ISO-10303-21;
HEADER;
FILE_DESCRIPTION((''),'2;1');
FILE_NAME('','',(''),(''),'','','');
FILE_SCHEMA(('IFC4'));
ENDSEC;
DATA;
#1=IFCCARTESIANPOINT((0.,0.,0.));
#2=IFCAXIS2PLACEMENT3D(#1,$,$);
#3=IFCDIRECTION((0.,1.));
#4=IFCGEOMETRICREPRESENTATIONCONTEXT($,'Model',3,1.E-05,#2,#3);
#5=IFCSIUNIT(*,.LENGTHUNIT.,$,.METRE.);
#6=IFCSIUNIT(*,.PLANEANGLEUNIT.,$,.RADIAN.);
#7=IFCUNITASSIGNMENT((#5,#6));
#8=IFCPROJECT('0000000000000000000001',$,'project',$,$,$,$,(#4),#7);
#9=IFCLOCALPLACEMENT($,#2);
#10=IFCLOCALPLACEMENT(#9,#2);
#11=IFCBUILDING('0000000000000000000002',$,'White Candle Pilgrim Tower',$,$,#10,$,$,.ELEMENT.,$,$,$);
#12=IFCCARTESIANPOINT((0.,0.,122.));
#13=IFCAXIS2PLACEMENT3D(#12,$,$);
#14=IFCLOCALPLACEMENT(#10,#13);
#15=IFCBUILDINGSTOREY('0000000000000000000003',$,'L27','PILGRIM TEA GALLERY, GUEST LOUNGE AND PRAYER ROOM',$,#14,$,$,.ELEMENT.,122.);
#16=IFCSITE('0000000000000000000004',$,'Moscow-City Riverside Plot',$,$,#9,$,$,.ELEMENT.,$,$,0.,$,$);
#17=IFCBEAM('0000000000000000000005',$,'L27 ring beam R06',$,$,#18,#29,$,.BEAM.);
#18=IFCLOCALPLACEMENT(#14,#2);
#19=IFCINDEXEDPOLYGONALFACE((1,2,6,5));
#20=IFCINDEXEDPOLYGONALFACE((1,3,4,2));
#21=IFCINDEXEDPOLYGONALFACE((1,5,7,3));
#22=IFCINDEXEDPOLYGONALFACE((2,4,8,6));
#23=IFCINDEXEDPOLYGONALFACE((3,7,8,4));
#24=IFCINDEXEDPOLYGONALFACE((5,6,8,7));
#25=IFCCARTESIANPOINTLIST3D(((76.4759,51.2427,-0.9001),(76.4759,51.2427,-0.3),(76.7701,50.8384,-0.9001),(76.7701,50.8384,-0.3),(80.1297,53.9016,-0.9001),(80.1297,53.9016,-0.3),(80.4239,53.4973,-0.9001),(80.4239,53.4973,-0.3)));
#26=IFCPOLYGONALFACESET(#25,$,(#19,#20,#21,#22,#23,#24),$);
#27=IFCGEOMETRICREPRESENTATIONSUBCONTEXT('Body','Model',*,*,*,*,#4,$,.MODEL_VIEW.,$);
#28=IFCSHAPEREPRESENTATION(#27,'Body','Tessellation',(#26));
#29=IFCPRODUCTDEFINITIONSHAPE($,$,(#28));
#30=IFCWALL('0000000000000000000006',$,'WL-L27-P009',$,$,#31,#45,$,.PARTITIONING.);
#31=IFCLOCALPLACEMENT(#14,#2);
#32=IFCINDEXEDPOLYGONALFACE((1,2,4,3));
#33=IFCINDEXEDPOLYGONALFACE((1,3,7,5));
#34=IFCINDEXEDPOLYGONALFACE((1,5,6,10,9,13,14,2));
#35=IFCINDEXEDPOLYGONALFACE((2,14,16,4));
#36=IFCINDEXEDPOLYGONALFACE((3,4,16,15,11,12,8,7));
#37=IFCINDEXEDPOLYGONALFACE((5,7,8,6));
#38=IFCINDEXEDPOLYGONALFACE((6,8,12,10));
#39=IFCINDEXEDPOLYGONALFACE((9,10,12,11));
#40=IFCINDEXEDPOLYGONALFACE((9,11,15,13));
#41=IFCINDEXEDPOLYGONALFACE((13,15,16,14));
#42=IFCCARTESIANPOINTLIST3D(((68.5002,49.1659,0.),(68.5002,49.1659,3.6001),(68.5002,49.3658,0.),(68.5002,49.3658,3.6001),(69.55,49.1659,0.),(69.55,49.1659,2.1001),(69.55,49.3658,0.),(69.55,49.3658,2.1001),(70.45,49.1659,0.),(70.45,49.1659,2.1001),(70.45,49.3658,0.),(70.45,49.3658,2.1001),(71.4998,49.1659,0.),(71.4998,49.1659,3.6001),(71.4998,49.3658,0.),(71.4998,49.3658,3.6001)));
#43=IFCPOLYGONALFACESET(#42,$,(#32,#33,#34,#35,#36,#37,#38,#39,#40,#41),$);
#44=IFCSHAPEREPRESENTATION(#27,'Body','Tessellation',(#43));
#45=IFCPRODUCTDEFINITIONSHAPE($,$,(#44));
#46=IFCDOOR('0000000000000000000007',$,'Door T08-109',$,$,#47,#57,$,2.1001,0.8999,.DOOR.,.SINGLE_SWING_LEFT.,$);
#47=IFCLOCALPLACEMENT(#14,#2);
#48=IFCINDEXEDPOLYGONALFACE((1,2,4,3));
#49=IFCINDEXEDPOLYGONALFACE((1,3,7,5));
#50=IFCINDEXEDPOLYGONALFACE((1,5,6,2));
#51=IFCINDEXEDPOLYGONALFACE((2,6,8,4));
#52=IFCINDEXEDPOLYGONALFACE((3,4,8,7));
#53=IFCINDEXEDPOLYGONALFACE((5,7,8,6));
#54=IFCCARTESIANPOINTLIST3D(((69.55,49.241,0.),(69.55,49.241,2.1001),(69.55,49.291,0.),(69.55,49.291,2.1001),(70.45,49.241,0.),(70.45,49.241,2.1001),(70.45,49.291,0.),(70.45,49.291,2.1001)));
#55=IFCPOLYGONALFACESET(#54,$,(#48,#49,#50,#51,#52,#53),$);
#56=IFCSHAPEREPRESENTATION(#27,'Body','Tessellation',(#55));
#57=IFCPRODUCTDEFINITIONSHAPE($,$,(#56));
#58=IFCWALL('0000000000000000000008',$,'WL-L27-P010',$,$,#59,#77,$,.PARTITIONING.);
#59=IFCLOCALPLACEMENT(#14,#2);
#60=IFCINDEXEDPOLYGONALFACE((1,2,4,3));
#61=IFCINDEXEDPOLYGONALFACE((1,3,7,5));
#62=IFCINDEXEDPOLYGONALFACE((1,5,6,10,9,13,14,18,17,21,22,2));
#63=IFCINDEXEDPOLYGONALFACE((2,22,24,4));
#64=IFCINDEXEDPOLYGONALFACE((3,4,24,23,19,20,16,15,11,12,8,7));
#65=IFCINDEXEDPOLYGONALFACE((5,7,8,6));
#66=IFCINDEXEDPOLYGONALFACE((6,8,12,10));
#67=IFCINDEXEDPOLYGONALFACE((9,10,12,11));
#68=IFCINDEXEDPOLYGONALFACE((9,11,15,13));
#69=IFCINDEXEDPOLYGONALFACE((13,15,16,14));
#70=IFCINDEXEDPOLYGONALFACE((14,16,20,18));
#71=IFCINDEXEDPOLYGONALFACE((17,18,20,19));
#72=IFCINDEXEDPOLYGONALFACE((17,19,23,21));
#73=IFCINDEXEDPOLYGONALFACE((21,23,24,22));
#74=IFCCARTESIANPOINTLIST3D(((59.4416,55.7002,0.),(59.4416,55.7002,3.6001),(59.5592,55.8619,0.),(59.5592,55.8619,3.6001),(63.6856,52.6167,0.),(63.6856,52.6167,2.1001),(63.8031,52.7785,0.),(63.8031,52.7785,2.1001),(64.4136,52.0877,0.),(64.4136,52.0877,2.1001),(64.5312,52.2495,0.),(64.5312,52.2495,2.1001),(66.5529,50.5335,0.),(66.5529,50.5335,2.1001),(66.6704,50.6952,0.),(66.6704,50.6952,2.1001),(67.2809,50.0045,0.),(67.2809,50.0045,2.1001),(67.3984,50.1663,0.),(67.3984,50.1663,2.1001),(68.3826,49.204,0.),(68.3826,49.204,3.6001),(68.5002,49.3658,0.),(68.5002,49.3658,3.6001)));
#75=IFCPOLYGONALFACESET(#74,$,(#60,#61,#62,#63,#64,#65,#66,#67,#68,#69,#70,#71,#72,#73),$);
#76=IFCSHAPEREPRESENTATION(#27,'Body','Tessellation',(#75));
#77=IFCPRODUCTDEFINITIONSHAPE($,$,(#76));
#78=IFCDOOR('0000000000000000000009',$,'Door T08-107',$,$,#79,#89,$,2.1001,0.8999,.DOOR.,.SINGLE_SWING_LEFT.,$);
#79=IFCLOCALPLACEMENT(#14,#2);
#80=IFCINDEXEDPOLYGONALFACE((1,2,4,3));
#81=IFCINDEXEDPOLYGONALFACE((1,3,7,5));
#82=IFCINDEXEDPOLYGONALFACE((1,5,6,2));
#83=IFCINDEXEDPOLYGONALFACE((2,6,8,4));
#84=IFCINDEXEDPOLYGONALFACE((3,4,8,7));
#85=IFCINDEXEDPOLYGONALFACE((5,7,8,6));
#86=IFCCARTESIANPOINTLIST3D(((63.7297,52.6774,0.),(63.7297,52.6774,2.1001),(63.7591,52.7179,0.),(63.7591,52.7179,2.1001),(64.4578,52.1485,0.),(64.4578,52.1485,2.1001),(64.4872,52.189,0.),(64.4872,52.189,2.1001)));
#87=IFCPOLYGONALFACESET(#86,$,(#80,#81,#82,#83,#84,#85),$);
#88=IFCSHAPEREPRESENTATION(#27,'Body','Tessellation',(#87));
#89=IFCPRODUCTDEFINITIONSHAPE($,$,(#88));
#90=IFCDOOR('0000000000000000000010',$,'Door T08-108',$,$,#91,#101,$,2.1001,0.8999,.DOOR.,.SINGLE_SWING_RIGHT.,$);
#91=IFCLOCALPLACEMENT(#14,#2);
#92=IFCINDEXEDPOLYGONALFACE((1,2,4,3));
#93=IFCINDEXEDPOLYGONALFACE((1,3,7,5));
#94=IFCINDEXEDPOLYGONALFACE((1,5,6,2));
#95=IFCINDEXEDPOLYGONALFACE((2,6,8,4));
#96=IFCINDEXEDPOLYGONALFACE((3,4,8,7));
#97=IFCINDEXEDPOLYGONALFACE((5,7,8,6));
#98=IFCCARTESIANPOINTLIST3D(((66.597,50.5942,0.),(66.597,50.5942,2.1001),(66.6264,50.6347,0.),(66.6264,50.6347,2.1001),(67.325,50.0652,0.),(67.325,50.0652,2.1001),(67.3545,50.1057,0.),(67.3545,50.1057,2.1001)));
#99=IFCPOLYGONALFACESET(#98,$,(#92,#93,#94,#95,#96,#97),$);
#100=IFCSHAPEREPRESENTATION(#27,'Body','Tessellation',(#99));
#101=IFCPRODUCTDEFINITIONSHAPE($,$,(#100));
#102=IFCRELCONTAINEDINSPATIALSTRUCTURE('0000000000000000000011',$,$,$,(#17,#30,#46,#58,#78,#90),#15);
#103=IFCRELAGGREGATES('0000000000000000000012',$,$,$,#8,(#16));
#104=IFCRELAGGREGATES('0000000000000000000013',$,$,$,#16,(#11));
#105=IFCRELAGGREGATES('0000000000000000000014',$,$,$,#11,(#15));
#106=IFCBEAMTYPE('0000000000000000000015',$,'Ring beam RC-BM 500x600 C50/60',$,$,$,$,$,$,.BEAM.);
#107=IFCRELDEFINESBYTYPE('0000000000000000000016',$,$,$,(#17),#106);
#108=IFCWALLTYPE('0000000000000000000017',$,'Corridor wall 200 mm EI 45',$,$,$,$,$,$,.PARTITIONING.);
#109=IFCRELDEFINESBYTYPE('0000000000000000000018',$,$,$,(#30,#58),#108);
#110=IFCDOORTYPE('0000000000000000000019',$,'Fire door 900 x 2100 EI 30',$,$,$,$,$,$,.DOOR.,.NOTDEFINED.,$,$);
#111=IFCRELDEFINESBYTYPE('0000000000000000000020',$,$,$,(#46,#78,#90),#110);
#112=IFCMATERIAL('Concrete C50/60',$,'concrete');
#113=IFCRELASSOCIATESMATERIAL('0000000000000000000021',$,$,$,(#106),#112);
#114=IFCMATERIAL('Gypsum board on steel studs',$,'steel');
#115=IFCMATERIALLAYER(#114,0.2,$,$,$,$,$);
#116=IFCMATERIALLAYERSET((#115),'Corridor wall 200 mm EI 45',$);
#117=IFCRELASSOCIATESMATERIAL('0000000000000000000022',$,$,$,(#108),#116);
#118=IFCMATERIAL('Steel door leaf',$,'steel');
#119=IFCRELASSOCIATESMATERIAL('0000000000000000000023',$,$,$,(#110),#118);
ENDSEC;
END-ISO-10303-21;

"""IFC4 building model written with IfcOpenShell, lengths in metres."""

from ifc_helpers import new_model, si_unit, direction, frame, frame_2d, origin, origin_2d, place, context, subcontext, project, spatial, rectangle, extrude, material, layer, layer_set, material_profile, profile_set, type_object, element, fill, save


model = new_model("IFC4")

# Units and contexts
model_context = context("Model", 3, precision=1e-05, world=origin(), true_north=direction((0.0, 1.0)))
body_context = subcontext(model_context, "Body", "Model", "MODEL_VIEW")
ifc_project = project(units=[si_unit("LENGTHUNIT", "METRE"), si_unit("PLANEANGLEUNIT", "RADIAN")], contexts=[model_context])

# Site, building, storey
site_placement = place(None, origin())
site = spatial("IfcSite", under=ifc_project, at=site_placement, Name="Moscow-City Riverside Plot", CompositionType="ELEMENT", RefElevation=0.0)
building_placement = place(site_placement, origin())
building = spatial("IfcBuilding", under=site, at=building_placement, Name="White Candle Pilgrim Tower", CompositionType="ELEMENT")
storey_placement = place(building_placement, frame((0.0, 0.0, 122.0)))
storey = spatial("IfcBuildingStorey", under=building, at=storey_placement, Name="L27", Description="PILGRIM TEA GALLERY, GUEST LOUNGE AND PRAYER ROOM", CompositionType="ELEMENT", Elevation=122.0)

# Beam
ifc_material_1 = material(Name="Concrete C50/60", Category="concrete")
ifc_material_profile_1 = material_profile(ifc_material_1, rectangle(XDim=0.5, YDim=0.6001, at=origin_2d()), Name="RC-BM 500x600")
ifc_profile_set_1 = profile_set([ifc_material_profile_1], Name="Concrete C50/60")
beam_type = type_object("IfcBeamType", Name="Ring beam RC-BM 500x600 C50/60", PredefinedType="BEAM", material=ifc_profile_set_1)
beam_1_placement = place(storey_placement, frame((76.623, 51.0405, -0.6001), z_axis=(0.808566, 0.588406, 0.0), x_axis=(-0.588406, 0.808566, 0.0)))
element("IfcBeam", 1, at=beam_1_placement, inside=storey, type_object=beam_type, Name="L27 ring beam R06", PredefinedType="BEAM", context=body_context, shape_type="SweptSolid", body=[
    extrude(rectangle(XDim=0.5, YDim=0.6001, at=origin_2d()), origin(), (0.0, 0.0, 1.0), 4.5188),
])

# Wall, opening, door
ifc_material_2 = material(Name="Gypsum board on steel studs", Category="steel")
ifc_layer_1 = layer(ifc_material_2, 0.2)
ifc_layer_set_1 = layer_set([ifc_layer_1], Name="Corridor wall 200 mm EI 45")
wall_type_1 = type_object("IfcWallType", Name="Corridor wall 200 mm EI 45", PredefinedType="PARTITIONING", material=ifc_layer_set_1)
wall_1_placement = place(storey_placement, frame((71.4998, 49.2659, 0.0), z_axis=(0.0, 0.0, 1.0), x_axis=(-1.0, 0.0, 0.0)))
wall_1 = element("IfcWall", 2, at=wall_1_placement, inside=storey, type_object=wall_type_1, Name="WL-L27-P009", PredefinedType="PARTITIONING", context=body_context, shape_type="SweptSolid", body=[
    extrude(rectangle(XDim=2.9995, YDim=0.2, at=frame_2d((1.4998, 0.0))), origin(), (0.0, 0.0, 1.0), 3.6001),
])
opening_1_placement = place(wall_1_placement, frame((1.0498, 0.0, 0.0)))
opening_1 = element("IfcOpeningElement", 3, at=opening_1_placement, cuts=wall_1, PredefinedType="OPENING", context=body_context, shape_type="SweptSolid", body=[
    extrude(rectangle(XDim=0.8999, YDim=2.1001, at=frame_2d((0.45, 1.05))), frame((0.0, 0.1099, 0.0), z_axis=(0.0, -1.0, 0.0), x_axis=(1.0, 0.0, 0.0)), (0.0, 0.0, 1.0), 0.22),
])
ifc_material_3 = material(Name="Steel door leaf", Category="steel")
door_type_1 = type_object("IfcDoorType", Name="Fire door 900 x 2100 EI 30", OperationType="NOTDEFINED", PredefinedType="DOOR", material=ifc_material_3)
door_1_placement = place(opening_1_placement, origin())
door_1 = element("IfcDoor", 4, at=door_1_placement, inside=storey, type_object=door_type_1, Name="Door T08-109", OperationType="SINGLE_SWING_LEFT", OverallHeight=2.1001, OverallWidth=0.8999, PredefinedType="DOOR", context=body_context, shape_type="SweptSolid", body=[
    extrude(rectangle(XDim=0.8999, YDim=2.1001, at=frame_2d((0.45, 1.05))), frame((0.0, 0.0249, 0.0), z_axis=(0.0, -1.0, 0.0), x_axis=(1.0, 0.0, 0.0)), (0.0, 0.0, 1.0), 0.05),
])
fill(opening_1, door_1)

# Wall, openings, doors
wall_2_placement = place(storey_placement, frame((68.4414, 49.2849, 0.0), z_axis=(0.0, 0.0, 1.0), x_axis=(-0.809011, 0.587793, 0.0)))
wall_2 = element("IfcWall", 5, at=wall_2_placement, inside=storey, type_object=wall_type_1, Name="WL-L27-P010", PredefinedType="PARTITIONING", context=body_context, shape_type="SweptSolid", body=[
    extrude(rectangle(XDim=11.0518, YDim=0.2, at=frame_2d((5.5259, 0.0))), origin(), (0.0, 0.0, 1.0), 3.6001),
])
opening_2_placement = place(wall_2_placement, frame((4.906, 0.0, 0.0)))
opening_2 = element("IfcOpeningElement", 6, at=opening_2_placement, cuts=wall_2, PredefinedType="OPENING", context=body_context, shape_type="SweptSolid", body=[
    extrude(rectangle(XDim=0.8999, YDim=2.1001, at=frame_2d((0.45, 1.05))), frame((0.0, 0.1099, 0.0), z_axis=(0.0, -1.0, 0.0), x_axis=(1.0, 0.0, 0.0)), (0.0, 0.0, 1.0), 0.22),
])
opening_3_placement = place(wall_2_placement, frame((1.3618, 0.0, 0.0)))
opening_3 = element("IfcOpeningElement", 7, at=opening_3_placement, cuts=wall_2, PredefinedType="OPENING", context=body_context, shape_type="SweptSolid", body=[
    extrude(rectangle(XDim=0.8999, YDim=2.1001, at=frame_2d((0.45, 1.05))), frame((0.0, 0.1099, 0.0), z_axis=(0.0, -1.0, 0.0), x_axis=(1.0, 0.0, 0.0)), (0.0, 0.0, 1.0), 0.22),
])
door_2_placement = place(opening_2_placement, origin())
door_2 = element("IfcDoor", 8, at=door_2_placement, inside=storey, type_object=door_type_1, Name="Door T08-107", OperationType="SINGLE_SWING_LEFT", OverallHeight=2.1001, OverallWidth=0.8999, PredefinedType="DOOR", context=body_context, shape_type="SweptSolid", body=[
    extrude(rectangle(XDim=0.8999, YDim=2.1001, at=frame_2d((0.45, 1.05))), frame((0.0, 0.0249, 0.0), z_axis=(0.0, -1.0, 0.0), x_axis=(1.0, 0.0, 0.0)), (0.0, 0.0, 1.0), 0.05),
])
fill(opening_2, door_2)
door_3_placement = place(opening_3_placement, origin())
door_3 = element("IfcDoor", 9, at=door_3_placement, inside=storey, type_object=door_type_1, Name="Door T08-108", OperationType="SINGLE_SWING_RIGHT", OverallHeight=2.1001, OverallWidth=0.8999, PredefinedType="DOOR", context=body_context, shape_type="SweptSolid", body=[
    extrude(rectangle(XDim=0.8999, YDim=2.1001, at=frame_2d((0.45, 1.05))), frame((0.0, 0.0249, 0.0), z_axis=(0.0, -1.0, 0.0), x_axis=(1.0, 0.0, 0.0)), (0.0, 0.0, 1.0), 0.05),
])
fill(opening_3, door_3)

save(model, "model.ifc")
